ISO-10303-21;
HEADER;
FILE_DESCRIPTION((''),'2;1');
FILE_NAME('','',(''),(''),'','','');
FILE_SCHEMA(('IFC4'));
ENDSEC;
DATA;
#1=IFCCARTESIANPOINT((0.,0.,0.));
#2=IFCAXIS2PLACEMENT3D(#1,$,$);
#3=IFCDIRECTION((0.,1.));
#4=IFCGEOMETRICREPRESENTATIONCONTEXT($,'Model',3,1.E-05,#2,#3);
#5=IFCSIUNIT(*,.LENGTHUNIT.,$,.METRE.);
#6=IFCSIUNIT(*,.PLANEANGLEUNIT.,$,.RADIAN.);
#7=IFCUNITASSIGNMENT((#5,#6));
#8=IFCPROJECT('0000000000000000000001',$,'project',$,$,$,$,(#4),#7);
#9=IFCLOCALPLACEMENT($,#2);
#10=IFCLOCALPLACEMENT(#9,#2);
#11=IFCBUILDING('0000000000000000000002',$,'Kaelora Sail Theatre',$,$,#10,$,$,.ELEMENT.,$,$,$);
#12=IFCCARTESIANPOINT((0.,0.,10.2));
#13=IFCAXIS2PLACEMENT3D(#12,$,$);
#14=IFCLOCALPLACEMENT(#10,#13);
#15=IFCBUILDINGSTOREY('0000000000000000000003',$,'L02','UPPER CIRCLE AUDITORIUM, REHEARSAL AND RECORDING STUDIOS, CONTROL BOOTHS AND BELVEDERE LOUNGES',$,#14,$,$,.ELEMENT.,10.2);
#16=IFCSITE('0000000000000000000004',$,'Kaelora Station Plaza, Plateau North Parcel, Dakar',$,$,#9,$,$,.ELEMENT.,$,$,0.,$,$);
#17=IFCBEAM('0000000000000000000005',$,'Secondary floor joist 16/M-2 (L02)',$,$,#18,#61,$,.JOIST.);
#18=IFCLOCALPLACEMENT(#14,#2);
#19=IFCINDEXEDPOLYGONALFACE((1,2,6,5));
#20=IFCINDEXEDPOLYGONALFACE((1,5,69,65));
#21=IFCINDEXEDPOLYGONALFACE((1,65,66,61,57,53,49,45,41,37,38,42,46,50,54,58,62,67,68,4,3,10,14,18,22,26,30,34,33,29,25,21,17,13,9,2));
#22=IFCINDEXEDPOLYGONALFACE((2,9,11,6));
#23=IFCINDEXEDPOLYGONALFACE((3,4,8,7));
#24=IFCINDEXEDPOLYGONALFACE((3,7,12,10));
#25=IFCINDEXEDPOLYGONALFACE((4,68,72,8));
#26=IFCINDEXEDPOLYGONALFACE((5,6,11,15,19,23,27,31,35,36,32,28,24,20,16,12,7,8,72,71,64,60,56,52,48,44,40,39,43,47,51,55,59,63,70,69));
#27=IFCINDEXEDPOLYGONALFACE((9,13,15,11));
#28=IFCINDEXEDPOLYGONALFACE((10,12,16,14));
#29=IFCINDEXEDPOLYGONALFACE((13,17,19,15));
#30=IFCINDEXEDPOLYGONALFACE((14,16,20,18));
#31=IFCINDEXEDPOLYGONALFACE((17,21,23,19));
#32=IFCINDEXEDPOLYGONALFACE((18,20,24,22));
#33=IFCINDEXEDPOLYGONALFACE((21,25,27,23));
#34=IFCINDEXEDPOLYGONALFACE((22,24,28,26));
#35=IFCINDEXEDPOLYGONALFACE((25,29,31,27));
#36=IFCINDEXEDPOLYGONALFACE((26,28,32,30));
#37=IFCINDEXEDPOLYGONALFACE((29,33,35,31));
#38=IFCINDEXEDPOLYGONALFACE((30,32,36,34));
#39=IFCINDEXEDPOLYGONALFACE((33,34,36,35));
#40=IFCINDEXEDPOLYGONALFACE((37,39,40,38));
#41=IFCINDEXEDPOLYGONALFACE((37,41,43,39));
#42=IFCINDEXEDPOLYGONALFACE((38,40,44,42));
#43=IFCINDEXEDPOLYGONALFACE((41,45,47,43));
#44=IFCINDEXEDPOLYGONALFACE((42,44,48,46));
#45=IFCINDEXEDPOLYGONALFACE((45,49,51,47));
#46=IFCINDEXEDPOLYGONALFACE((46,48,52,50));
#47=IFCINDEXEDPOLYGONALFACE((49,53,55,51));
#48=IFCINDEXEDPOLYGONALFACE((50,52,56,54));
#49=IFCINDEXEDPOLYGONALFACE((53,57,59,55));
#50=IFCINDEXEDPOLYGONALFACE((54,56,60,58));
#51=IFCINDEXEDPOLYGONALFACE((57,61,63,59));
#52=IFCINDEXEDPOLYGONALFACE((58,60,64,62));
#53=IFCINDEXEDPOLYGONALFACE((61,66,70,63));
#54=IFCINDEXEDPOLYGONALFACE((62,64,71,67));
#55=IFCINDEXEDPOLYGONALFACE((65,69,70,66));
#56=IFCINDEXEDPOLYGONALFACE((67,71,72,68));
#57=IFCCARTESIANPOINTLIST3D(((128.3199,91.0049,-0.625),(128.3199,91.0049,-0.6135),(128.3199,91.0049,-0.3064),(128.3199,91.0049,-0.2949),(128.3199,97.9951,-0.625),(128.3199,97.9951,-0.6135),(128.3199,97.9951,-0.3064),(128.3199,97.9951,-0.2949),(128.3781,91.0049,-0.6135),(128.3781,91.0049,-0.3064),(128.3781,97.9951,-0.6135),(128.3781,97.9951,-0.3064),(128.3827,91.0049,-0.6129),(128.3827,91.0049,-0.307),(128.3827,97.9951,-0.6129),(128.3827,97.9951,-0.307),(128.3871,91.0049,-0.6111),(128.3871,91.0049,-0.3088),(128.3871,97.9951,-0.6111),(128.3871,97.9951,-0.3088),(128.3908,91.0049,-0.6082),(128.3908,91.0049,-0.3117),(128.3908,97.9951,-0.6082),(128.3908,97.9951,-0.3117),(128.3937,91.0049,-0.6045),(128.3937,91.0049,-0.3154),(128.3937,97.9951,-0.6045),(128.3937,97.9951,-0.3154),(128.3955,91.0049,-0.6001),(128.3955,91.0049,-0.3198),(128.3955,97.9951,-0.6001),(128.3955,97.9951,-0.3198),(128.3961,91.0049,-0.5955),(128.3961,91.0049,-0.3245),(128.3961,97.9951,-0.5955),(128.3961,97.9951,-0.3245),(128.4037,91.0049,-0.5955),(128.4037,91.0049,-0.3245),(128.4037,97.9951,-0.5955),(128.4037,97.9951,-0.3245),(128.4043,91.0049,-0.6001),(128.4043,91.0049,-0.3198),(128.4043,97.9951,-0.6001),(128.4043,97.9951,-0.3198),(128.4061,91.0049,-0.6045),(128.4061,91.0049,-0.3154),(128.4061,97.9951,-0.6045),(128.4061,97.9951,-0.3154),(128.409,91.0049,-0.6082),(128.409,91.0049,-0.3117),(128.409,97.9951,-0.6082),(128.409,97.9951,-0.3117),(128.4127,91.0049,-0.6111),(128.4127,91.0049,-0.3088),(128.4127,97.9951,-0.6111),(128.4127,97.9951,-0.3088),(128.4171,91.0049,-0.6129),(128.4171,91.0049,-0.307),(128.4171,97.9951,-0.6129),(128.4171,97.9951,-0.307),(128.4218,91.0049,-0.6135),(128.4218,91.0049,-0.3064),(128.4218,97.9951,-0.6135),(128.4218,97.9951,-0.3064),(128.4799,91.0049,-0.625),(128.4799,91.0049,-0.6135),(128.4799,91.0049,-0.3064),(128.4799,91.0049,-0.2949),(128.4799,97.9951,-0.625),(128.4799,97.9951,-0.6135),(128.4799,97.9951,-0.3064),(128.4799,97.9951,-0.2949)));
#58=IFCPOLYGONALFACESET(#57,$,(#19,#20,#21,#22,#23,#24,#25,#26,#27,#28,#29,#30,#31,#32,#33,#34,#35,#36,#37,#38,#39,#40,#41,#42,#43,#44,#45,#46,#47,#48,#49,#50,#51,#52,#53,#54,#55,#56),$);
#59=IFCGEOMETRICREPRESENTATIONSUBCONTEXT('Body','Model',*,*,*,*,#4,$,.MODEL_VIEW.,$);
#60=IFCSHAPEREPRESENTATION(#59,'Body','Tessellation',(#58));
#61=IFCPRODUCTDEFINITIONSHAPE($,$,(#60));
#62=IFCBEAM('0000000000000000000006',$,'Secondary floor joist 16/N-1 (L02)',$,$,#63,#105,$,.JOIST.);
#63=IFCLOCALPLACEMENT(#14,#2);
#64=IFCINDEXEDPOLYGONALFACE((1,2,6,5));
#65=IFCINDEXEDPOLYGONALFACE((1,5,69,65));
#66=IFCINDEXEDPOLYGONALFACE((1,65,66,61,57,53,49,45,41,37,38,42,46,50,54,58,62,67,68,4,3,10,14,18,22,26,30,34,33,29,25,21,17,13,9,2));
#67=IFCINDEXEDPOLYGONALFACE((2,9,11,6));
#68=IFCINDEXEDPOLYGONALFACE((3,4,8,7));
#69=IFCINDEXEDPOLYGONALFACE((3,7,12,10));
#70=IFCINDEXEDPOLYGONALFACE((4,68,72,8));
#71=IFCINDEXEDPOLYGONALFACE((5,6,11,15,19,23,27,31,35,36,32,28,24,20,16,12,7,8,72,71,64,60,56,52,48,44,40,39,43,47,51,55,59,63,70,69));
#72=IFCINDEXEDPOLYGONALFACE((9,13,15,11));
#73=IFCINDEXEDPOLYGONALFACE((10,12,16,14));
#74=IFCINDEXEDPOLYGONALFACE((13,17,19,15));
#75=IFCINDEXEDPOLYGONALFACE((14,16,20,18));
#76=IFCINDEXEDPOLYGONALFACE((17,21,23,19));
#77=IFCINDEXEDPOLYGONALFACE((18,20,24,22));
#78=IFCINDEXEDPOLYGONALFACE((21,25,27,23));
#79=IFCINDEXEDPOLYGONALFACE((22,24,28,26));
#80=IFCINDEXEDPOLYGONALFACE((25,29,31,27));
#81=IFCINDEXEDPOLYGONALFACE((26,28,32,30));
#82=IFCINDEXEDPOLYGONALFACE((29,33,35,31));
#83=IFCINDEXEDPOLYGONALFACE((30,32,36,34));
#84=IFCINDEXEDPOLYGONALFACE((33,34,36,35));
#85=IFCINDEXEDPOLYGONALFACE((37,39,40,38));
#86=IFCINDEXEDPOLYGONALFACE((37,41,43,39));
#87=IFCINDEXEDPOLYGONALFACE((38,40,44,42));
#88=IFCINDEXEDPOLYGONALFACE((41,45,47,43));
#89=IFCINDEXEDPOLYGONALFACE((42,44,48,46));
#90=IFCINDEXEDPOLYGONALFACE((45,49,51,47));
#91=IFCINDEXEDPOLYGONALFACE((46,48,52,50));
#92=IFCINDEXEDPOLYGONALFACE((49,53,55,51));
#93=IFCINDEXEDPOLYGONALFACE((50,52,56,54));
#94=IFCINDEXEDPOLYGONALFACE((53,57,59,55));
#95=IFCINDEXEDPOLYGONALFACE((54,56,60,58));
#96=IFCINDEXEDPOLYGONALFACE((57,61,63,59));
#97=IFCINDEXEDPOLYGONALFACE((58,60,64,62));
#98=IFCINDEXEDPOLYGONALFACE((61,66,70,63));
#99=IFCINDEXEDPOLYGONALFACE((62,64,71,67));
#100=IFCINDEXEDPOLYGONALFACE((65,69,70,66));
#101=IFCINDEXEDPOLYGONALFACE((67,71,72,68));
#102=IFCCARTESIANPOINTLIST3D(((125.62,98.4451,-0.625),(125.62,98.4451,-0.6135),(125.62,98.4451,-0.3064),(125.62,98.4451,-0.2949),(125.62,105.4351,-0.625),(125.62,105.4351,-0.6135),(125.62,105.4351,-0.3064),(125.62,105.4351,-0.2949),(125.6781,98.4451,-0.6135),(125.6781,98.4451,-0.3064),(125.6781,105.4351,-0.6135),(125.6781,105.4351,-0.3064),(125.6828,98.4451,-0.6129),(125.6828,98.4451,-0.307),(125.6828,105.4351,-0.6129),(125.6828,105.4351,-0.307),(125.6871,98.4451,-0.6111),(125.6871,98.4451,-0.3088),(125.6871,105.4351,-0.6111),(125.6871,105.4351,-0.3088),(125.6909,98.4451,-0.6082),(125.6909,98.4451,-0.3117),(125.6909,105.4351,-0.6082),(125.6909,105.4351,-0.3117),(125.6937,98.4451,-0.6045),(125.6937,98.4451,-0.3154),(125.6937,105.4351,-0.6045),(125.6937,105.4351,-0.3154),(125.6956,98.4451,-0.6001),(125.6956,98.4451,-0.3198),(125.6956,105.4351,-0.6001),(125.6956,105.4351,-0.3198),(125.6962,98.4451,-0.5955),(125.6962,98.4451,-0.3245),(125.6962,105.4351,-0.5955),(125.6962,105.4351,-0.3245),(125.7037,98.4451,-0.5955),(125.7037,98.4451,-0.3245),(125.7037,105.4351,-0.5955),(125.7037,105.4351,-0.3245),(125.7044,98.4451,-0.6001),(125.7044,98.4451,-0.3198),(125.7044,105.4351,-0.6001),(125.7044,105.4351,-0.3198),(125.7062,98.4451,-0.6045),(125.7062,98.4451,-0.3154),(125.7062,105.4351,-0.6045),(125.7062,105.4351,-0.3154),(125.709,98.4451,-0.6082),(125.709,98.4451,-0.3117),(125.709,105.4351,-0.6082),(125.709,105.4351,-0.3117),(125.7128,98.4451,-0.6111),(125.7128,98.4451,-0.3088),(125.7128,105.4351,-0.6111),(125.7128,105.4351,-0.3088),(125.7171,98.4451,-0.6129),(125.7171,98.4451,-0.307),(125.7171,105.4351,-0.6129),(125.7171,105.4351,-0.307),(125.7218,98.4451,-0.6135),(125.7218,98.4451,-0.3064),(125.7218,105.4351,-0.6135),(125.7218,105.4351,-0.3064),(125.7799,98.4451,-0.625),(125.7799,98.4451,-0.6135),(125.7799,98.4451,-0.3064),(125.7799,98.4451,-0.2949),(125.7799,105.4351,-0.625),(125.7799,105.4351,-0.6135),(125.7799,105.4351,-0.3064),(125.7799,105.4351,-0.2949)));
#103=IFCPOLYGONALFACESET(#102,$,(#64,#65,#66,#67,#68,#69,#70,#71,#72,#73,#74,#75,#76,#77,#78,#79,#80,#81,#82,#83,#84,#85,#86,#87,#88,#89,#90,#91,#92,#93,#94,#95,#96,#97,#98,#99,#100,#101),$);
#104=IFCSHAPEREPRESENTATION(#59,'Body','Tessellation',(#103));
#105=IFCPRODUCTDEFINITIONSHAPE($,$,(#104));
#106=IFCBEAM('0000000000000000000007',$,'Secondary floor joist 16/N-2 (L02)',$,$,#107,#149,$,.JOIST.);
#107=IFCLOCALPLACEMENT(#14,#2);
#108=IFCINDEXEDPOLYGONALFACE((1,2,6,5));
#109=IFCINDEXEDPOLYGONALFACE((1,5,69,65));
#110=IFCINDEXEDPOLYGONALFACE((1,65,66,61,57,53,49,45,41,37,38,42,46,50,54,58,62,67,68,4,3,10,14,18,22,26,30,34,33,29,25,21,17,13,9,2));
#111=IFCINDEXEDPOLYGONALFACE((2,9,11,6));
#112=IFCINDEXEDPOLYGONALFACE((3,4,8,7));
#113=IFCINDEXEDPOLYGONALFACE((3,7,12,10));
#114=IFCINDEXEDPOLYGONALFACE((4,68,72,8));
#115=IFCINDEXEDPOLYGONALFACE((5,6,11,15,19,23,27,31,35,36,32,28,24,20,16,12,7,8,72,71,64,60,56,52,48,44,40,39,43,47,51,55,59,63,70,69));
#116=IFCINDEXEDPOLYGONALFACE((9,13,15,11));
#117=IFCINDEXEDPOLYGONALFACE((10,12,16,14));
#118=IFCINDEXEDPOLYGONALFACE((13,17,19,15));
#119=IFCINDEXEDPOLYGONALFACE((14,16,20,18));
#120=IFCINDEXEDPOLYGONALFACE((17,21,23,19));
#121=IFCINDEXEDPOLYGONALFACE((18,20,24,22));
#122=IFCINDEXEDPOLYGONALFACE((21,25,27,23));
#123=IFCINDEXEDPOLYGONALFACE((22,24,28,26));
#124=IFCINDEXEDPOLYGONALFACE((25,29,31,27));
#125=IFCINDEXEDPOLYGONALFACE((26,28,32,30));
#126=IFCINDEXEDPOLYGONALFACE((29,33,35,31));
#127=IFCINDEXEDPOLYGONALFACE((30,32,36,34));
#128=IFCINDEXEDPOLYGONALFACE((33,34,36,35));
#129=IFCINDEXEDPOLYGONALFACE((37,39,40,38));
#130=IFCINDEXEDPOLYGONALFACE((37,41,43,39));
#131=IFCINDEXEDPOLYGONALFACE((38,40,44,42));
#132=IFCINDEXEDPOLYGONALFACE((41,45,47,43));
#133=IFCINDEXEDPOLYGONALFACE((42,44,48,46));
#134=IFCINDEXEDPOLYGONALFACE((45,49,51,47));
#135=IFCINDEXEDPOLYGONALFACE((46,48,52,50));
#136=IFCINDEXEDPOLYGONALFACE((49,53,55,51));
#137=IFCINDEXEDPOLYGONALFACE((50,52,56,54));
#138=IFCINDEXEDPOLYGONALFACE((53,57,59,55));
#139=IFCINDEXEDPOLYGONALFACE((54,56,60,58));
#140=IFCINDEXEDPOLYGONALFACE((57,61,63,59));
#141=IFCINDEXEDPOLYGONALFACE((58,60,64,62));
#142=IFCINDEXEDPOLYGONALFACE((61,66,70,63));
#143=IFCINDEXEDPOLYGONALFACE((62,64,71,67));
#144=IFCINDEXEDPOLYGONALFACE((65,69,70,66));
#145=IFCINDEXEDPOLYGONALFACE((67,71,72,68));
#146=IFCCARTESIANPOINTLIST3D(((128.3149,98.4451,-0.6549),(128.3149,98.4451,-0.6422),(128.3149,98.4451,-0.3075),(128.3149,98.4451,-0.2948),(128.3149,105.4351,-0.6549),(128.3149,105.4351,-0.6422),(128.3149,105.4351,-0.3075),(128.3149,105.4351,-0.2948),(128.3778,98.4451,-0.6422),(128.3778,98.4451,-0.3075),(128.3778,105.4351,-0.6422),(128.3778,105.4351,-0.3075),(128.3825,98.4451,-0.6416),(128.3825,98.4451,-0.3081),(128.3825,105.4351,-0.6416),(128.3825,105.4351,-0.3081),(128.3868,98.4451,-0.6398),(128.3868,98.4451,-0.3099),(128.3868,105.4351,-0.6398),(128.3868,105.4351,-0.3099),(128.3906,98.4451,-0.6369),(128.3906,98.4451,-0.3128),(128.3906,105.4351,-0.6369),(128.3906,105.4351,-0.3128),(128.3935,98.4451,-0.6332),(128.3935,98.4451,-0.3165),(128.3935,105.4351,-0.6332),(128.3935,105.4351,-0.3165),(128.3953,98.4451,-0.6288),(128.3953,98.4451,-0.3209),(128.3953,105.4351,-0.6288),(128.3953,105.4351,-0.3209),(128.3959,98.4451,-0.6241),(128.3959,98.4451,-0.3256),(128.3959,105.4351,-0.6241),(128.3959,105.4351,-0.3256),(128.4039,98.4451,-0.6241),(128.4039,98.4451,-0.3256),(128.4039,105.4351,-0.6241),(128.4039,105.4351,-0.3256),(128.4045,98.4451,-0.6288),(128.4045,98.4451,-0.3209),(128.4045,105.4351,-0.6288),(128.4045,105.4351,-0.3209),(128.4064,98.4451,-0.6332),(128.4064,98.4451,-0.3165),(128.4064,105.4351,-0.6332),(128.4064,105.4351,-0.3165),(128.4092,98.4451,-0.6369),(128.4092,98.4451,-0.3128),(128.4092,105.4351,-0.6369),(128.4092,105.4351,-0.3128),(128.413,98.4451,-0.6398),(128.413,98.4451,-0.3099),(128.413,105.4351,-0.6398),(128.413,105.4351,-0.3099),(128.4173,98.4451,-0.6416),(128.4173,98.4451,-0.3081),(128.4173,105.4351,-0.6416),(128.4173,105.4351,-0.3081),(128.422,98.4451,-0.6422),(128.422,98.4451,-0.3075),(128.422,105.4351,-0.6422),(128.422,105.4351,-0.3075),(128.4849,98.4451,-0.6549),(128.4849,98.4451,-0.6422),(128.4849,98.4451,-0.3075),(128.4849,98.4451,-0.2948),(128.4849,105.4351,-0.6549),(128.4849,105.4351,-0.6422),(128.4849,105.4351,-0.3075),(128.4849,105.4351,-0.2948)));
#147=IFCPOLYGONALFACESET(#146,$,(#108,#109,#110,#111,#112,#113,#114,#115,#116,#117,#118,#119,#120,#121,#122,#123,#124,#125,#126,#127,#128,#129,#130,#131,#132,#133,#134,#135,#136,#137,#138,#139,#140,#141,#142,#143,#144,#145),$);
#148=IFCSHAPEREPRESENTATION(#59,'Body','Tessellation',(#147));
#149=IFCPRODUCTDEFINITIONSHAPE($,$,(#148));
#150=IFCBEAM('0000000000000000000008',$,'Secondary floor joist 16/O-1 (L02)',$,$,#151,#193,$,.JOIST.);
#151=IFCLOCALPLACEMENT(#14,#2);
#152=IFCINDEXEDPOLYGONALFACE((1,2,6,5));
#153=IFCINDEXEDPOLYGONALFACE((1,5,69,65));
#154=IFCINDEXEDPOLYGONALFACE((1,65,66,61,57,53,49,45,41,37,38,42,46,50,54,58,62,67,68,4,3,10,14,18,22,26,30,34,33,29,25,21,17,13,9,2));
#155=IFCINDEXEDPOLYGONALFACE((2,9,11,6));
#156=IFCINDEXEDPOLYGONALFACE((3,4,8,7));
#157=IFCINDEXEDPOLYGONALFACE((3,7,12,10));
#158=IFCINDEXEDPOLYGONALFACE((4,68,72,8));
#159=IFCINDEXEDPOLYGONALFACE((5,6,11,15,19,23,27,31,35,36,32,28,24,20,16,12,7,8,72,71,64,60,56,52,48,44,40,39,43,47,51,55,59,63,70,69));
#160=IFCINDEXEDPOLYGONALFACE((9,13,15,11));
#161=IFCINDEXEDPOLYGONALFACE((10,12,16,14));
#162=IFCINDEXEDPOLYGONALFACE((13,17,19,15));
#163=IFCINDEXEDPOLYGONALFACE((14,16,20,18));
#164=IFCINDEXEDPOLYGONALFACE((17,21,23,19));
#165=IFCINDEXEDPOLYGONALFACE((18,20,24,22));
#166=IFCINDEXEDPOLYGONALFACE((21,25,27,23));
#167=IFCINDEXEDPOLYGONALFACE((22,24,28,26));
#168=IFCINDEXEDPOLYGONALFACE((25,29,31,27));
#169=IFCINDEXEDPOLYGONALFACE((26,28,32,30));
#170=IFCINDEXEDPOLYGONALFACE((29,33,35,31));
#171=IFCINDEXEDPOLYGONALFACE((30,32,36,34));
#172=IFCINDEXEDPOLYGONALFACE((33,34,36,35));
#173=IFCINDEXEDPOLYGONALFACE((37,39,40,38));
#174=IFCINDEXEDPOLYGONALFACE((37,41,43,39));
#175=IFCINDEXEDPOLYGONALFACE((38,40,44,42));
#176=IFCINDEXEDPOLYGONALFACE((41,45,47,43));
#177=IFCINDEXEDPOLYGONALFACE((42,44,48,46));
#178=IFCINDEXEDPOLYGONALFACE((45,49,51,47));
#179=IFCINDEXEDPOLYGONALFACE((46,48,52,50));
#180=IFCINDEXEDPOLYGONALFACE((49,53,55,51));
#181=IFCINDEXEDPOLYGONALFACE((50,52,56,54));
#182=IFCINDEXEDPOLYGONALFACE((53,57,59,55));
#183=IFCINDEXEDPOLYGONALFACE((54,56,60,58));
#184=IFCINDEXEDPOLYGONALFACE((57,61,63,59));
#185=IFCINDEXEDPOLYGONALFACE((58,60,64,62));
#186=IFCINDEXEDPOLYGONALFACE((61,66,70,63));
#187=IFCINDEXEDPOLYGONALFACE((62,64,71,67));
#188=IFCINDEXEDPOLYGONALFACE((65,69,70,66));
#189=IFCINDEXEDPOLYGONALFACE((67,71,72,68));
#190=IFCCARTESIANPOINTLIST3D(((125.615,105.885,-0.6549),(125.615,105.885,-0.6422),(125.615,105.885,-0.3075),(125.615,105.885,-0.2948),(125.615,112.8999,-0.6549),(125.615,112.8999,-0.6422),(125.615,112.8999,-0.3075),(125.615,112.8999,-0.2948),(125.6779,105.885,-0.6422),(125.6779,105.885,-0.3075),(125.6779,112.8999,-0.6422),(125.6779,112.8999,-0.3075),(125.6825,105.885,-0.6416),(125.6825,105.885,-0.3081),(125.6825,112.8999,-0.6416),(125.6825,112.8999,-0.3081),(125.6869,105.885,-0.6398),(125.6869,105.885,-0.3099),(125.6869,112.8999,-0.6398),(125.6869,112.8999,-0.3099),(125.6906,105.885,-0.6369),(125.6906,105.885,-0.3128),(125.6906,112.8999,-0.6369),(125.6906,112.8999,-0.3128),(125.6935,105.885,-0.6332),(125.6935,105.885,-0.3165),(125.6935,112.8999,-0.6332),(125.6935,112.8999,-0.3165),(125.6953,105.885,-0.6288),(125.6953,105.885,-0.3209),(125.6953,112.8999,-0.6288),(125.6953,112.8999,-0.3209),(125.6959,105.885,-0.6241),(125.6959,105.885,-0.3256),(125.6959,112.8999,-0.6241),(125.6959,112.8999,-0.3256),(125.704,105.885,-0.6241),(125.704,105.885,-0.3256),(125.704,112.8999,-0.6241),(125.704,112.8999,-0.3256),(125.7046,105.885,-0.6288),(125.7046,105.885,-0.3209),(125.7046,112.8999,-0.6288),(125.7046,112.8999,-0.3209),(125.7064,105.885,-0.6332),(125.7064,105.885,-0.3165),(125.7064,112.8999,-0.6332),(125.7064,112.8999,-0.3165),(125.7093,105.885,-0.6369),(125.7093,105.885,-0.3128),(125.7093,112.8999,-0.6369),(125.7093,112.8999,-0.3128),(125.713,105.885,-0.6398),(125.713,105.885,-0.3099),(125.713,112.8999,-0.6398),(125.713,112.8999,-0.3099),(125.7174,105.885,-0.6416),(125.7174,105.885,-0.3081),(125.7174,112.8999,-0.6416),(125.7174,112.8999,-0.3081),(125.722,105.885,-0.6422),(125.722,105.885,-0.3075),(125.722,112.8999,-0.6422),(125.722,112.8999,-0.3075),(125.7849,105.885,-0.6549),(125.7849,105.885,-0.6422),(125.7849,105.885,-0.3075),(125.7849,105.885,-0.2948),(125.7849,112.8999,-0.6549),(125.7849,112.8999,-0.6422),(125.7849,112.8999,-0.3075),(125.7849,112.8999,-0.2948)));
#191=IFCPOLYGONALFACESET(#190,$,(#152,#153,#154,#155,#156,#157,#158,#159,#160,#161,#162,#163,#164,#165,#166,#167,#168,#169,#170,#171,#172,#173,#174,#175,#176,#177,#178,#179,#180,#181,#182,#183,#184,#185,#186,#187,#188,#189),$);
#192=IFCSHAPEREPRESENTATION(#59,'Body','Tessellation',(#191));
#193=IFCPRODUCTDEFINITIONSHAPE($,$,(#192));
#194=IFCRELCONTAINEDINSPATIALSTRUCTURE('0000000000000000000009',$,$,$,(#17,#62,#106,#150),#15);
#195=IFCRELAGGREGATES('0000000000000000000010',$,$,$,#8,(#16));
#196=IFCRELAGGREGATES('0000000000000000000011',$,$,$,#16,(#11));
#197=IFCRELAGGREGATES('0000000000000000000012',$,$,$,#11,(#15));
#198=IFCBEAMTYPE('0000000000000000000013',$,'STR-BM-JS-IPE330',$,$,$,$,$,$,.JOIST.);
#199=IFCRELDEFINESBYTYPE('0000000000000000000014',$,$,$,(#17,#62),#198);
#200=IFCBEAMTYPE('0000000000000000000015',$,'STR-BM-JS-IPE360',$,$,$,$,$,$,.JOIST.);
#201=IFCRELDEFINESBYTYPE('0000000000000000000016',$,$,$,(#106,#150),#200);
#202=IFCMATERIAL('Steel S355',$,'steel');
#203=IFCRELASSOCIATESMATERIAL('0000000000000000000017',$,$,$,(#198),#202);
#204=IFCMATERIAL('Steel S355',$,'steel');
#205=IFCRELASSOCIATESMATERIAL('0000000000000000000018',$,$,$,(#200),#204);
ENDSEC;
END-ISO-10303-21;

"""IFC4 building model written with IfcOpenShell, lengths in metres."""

from ifc_helpers import new_model, si_unit, direction, frame, origin, origin_2d, place, context, subcontext, project, spatial, i_section, extrude, material, material_profile, profile_set, type_object, element, save


model = new_model("IFC4")

# Units and contexts
model_context = context("Model", 3, precision=1e-05, world=origin(), true_north=direction((0.0, 1.0)))
body_context = subcontext(model_context, "Body", "Model", "MODEL_VIEW")
ifc_project = project(units=[si_unit("LENGTHUNIT", "METRE"), si_unit("PLANEANGLEUNIT", "RADIAN")], contexts=[model_context])

# Site, building, storey
site_placement = place(None, origin())
site = spatial("IfcSite", under=ifc_project, at=site_placement, Name="Kaelora Station Plaza, Plateau North Parcel, Dakar", CompositionType="ELEMENT", RefElevation=0.0)
building_placement = place(site_placement, origin())
building = spatial("IfcBuilding", under=site, at=building_placement, Name="Kaelora Sail Theatre", CompositionType="ELEMENT")
storey_placement = place(building_placement, frame((0.0, 0.0, 10.2)))
storey = spatial("IfcBuildingStorey", under=building, at=storey_placement, Name="L02", Description="UPPER CIRCLE AUDITORIUM, REHEARSAL AND RECORDING STUDIOS, CONTROL BOOTHS AND BELVEDERE LOUNGES", CompositionType="ELEMENT", Elevation=10.2)

# Beams
ifc_material_1 = material(Name="Steel S355", Category="steel")
ifc_material_profile_1 = material_profile(ifc_material_1, i_section(OverallWidth=0.1599, OverallDepth=0.3301, WebThickness=0.0076, FlangeThickness=0.0115, FilletRadius=0.0181, at=origin_2d()), Name="IPE 330")
ifc_profile_set_1 = profile_set([ifc_material_profile_1], Name="Steel S355")
beam_type_1 = type_object("IfcBeamType", Name="STR-BM-JS-IPE330", PredefinedType="JOIST", material=ifc_profile_set_1)
beam_1_placement = place(storey_placement, frame((128.3999, 91.0049, -0.46), z_axis=(0.0, 1.0, 0.0), x_axis=(-1.0, 0.0, 0.0)))
element("IfcBeam", 1, at=beam_1_placement, inside=storey, type_object=beam_type_1, Name="Secondary floor joist 16/M-2 (L02)", PredefinedType="JOIST", context=body_context, shape_type="SweptSolid", body=[
    extrude(i_section(OverallWidth=0.1599, OverallDepth=0.3301, WebThickness=0.0076, FlangeThickness=0.0115, FilletRadius=0.0181, at=origin_2d()), origin(), (0.0, 0.0, 1.0), 6.9902),
])
beam_2_placement = place(storey_placement, frame((125.7, 98.4451, -0.46), z_axis=(0.0, 1.0, 0.0), x_axis=(-1.0, 0.0, 0.0)))
element("IfcBeam", 2, at=beam_2_placement, inside=storey, type_object=beam_type_1, Name="Secondary floor joist 16/N-1 (L02)", PredefinedType="JOIST", context=body_context, shape_type="SweptSolid", body=[
    extrude(i_section(OverallWidth=0.1599, OverallDepth=0.3301, WebThickness=0.0076, FlangeThickness=0.0115, FilletRadius=0.0181, at=origin_2d()), origin(), (0.0, 0.0, 1.0), 6.99),
])
ifc_material_2 = material(Name="Steel S355", Category="steel")
ifc_material_profile_2 = material_profile(ifc_material_2, i_section(OverallWidth=0.1699, OverallDepth=0.3601, WebThickness=0.0081, FlangeThickness=0.0127, FilletRadius=0.0181, at=origin_2d()), Name="IPE 360")
ifc_profile_set_2 = profile_set([ifc_material_profile_2], Name="Steel S355")
beam_type_2 = type_object("IfcBeamType", Name="STR-BM-JS-IPE360", PredefinedType="JOIST", material=ifc_profile_set_2)
beam_3_placement = place(storey_placement, frame((128.3999, 98.4451, -0.4749), z_axis=(0.0, 1.0, 0.0), x_axis=(-1.0, 0.0, 0.0)))
element("IfcBeam", 3, at=beam_3_placement, inside=storey, type_object=beam_type_2, Name="Secondary floor joist 16/N-2 (L02)", PredefinedType="JOIST", context=body_context, shape_type="SweptSolid", body=[
    extrude(i_section(OverallWidth=0.1699, OverallDepth=0.3601, WebThickness=0.0081, FlangeThickness=0.0127, FilletRadius=0.0181, at=origin_2d()), origin(), (0.0, 0.0, 1.0), 6.99),
])
beam_4_placement = place(storey_placement, frame((125.7, 105.885, -0.4749), z_axis=(0.0, 1.0, 0.0), x_axis=(-1.0, 0.0, 0.0)))
element("IfcBeam", 4, at=beam_4_placement, inside=storey, type_object=beam_type_2, Name="Secondary floor joist 16/O-1 (L02)", PredefinedType="JOIST", context=body_context, shape_type="SweptSolid", body=[
    extrude(i_section(OverallWidth=0.1699, OverallDepth=0.3601, WebThickness=0.0081, FlangeThickness=0.0127, FilletRadius=0.0181, at=origin_2d()), origin(), (0.0, 0.0, 1.0), 7.0149),
])

save(model, "model.ifc")
